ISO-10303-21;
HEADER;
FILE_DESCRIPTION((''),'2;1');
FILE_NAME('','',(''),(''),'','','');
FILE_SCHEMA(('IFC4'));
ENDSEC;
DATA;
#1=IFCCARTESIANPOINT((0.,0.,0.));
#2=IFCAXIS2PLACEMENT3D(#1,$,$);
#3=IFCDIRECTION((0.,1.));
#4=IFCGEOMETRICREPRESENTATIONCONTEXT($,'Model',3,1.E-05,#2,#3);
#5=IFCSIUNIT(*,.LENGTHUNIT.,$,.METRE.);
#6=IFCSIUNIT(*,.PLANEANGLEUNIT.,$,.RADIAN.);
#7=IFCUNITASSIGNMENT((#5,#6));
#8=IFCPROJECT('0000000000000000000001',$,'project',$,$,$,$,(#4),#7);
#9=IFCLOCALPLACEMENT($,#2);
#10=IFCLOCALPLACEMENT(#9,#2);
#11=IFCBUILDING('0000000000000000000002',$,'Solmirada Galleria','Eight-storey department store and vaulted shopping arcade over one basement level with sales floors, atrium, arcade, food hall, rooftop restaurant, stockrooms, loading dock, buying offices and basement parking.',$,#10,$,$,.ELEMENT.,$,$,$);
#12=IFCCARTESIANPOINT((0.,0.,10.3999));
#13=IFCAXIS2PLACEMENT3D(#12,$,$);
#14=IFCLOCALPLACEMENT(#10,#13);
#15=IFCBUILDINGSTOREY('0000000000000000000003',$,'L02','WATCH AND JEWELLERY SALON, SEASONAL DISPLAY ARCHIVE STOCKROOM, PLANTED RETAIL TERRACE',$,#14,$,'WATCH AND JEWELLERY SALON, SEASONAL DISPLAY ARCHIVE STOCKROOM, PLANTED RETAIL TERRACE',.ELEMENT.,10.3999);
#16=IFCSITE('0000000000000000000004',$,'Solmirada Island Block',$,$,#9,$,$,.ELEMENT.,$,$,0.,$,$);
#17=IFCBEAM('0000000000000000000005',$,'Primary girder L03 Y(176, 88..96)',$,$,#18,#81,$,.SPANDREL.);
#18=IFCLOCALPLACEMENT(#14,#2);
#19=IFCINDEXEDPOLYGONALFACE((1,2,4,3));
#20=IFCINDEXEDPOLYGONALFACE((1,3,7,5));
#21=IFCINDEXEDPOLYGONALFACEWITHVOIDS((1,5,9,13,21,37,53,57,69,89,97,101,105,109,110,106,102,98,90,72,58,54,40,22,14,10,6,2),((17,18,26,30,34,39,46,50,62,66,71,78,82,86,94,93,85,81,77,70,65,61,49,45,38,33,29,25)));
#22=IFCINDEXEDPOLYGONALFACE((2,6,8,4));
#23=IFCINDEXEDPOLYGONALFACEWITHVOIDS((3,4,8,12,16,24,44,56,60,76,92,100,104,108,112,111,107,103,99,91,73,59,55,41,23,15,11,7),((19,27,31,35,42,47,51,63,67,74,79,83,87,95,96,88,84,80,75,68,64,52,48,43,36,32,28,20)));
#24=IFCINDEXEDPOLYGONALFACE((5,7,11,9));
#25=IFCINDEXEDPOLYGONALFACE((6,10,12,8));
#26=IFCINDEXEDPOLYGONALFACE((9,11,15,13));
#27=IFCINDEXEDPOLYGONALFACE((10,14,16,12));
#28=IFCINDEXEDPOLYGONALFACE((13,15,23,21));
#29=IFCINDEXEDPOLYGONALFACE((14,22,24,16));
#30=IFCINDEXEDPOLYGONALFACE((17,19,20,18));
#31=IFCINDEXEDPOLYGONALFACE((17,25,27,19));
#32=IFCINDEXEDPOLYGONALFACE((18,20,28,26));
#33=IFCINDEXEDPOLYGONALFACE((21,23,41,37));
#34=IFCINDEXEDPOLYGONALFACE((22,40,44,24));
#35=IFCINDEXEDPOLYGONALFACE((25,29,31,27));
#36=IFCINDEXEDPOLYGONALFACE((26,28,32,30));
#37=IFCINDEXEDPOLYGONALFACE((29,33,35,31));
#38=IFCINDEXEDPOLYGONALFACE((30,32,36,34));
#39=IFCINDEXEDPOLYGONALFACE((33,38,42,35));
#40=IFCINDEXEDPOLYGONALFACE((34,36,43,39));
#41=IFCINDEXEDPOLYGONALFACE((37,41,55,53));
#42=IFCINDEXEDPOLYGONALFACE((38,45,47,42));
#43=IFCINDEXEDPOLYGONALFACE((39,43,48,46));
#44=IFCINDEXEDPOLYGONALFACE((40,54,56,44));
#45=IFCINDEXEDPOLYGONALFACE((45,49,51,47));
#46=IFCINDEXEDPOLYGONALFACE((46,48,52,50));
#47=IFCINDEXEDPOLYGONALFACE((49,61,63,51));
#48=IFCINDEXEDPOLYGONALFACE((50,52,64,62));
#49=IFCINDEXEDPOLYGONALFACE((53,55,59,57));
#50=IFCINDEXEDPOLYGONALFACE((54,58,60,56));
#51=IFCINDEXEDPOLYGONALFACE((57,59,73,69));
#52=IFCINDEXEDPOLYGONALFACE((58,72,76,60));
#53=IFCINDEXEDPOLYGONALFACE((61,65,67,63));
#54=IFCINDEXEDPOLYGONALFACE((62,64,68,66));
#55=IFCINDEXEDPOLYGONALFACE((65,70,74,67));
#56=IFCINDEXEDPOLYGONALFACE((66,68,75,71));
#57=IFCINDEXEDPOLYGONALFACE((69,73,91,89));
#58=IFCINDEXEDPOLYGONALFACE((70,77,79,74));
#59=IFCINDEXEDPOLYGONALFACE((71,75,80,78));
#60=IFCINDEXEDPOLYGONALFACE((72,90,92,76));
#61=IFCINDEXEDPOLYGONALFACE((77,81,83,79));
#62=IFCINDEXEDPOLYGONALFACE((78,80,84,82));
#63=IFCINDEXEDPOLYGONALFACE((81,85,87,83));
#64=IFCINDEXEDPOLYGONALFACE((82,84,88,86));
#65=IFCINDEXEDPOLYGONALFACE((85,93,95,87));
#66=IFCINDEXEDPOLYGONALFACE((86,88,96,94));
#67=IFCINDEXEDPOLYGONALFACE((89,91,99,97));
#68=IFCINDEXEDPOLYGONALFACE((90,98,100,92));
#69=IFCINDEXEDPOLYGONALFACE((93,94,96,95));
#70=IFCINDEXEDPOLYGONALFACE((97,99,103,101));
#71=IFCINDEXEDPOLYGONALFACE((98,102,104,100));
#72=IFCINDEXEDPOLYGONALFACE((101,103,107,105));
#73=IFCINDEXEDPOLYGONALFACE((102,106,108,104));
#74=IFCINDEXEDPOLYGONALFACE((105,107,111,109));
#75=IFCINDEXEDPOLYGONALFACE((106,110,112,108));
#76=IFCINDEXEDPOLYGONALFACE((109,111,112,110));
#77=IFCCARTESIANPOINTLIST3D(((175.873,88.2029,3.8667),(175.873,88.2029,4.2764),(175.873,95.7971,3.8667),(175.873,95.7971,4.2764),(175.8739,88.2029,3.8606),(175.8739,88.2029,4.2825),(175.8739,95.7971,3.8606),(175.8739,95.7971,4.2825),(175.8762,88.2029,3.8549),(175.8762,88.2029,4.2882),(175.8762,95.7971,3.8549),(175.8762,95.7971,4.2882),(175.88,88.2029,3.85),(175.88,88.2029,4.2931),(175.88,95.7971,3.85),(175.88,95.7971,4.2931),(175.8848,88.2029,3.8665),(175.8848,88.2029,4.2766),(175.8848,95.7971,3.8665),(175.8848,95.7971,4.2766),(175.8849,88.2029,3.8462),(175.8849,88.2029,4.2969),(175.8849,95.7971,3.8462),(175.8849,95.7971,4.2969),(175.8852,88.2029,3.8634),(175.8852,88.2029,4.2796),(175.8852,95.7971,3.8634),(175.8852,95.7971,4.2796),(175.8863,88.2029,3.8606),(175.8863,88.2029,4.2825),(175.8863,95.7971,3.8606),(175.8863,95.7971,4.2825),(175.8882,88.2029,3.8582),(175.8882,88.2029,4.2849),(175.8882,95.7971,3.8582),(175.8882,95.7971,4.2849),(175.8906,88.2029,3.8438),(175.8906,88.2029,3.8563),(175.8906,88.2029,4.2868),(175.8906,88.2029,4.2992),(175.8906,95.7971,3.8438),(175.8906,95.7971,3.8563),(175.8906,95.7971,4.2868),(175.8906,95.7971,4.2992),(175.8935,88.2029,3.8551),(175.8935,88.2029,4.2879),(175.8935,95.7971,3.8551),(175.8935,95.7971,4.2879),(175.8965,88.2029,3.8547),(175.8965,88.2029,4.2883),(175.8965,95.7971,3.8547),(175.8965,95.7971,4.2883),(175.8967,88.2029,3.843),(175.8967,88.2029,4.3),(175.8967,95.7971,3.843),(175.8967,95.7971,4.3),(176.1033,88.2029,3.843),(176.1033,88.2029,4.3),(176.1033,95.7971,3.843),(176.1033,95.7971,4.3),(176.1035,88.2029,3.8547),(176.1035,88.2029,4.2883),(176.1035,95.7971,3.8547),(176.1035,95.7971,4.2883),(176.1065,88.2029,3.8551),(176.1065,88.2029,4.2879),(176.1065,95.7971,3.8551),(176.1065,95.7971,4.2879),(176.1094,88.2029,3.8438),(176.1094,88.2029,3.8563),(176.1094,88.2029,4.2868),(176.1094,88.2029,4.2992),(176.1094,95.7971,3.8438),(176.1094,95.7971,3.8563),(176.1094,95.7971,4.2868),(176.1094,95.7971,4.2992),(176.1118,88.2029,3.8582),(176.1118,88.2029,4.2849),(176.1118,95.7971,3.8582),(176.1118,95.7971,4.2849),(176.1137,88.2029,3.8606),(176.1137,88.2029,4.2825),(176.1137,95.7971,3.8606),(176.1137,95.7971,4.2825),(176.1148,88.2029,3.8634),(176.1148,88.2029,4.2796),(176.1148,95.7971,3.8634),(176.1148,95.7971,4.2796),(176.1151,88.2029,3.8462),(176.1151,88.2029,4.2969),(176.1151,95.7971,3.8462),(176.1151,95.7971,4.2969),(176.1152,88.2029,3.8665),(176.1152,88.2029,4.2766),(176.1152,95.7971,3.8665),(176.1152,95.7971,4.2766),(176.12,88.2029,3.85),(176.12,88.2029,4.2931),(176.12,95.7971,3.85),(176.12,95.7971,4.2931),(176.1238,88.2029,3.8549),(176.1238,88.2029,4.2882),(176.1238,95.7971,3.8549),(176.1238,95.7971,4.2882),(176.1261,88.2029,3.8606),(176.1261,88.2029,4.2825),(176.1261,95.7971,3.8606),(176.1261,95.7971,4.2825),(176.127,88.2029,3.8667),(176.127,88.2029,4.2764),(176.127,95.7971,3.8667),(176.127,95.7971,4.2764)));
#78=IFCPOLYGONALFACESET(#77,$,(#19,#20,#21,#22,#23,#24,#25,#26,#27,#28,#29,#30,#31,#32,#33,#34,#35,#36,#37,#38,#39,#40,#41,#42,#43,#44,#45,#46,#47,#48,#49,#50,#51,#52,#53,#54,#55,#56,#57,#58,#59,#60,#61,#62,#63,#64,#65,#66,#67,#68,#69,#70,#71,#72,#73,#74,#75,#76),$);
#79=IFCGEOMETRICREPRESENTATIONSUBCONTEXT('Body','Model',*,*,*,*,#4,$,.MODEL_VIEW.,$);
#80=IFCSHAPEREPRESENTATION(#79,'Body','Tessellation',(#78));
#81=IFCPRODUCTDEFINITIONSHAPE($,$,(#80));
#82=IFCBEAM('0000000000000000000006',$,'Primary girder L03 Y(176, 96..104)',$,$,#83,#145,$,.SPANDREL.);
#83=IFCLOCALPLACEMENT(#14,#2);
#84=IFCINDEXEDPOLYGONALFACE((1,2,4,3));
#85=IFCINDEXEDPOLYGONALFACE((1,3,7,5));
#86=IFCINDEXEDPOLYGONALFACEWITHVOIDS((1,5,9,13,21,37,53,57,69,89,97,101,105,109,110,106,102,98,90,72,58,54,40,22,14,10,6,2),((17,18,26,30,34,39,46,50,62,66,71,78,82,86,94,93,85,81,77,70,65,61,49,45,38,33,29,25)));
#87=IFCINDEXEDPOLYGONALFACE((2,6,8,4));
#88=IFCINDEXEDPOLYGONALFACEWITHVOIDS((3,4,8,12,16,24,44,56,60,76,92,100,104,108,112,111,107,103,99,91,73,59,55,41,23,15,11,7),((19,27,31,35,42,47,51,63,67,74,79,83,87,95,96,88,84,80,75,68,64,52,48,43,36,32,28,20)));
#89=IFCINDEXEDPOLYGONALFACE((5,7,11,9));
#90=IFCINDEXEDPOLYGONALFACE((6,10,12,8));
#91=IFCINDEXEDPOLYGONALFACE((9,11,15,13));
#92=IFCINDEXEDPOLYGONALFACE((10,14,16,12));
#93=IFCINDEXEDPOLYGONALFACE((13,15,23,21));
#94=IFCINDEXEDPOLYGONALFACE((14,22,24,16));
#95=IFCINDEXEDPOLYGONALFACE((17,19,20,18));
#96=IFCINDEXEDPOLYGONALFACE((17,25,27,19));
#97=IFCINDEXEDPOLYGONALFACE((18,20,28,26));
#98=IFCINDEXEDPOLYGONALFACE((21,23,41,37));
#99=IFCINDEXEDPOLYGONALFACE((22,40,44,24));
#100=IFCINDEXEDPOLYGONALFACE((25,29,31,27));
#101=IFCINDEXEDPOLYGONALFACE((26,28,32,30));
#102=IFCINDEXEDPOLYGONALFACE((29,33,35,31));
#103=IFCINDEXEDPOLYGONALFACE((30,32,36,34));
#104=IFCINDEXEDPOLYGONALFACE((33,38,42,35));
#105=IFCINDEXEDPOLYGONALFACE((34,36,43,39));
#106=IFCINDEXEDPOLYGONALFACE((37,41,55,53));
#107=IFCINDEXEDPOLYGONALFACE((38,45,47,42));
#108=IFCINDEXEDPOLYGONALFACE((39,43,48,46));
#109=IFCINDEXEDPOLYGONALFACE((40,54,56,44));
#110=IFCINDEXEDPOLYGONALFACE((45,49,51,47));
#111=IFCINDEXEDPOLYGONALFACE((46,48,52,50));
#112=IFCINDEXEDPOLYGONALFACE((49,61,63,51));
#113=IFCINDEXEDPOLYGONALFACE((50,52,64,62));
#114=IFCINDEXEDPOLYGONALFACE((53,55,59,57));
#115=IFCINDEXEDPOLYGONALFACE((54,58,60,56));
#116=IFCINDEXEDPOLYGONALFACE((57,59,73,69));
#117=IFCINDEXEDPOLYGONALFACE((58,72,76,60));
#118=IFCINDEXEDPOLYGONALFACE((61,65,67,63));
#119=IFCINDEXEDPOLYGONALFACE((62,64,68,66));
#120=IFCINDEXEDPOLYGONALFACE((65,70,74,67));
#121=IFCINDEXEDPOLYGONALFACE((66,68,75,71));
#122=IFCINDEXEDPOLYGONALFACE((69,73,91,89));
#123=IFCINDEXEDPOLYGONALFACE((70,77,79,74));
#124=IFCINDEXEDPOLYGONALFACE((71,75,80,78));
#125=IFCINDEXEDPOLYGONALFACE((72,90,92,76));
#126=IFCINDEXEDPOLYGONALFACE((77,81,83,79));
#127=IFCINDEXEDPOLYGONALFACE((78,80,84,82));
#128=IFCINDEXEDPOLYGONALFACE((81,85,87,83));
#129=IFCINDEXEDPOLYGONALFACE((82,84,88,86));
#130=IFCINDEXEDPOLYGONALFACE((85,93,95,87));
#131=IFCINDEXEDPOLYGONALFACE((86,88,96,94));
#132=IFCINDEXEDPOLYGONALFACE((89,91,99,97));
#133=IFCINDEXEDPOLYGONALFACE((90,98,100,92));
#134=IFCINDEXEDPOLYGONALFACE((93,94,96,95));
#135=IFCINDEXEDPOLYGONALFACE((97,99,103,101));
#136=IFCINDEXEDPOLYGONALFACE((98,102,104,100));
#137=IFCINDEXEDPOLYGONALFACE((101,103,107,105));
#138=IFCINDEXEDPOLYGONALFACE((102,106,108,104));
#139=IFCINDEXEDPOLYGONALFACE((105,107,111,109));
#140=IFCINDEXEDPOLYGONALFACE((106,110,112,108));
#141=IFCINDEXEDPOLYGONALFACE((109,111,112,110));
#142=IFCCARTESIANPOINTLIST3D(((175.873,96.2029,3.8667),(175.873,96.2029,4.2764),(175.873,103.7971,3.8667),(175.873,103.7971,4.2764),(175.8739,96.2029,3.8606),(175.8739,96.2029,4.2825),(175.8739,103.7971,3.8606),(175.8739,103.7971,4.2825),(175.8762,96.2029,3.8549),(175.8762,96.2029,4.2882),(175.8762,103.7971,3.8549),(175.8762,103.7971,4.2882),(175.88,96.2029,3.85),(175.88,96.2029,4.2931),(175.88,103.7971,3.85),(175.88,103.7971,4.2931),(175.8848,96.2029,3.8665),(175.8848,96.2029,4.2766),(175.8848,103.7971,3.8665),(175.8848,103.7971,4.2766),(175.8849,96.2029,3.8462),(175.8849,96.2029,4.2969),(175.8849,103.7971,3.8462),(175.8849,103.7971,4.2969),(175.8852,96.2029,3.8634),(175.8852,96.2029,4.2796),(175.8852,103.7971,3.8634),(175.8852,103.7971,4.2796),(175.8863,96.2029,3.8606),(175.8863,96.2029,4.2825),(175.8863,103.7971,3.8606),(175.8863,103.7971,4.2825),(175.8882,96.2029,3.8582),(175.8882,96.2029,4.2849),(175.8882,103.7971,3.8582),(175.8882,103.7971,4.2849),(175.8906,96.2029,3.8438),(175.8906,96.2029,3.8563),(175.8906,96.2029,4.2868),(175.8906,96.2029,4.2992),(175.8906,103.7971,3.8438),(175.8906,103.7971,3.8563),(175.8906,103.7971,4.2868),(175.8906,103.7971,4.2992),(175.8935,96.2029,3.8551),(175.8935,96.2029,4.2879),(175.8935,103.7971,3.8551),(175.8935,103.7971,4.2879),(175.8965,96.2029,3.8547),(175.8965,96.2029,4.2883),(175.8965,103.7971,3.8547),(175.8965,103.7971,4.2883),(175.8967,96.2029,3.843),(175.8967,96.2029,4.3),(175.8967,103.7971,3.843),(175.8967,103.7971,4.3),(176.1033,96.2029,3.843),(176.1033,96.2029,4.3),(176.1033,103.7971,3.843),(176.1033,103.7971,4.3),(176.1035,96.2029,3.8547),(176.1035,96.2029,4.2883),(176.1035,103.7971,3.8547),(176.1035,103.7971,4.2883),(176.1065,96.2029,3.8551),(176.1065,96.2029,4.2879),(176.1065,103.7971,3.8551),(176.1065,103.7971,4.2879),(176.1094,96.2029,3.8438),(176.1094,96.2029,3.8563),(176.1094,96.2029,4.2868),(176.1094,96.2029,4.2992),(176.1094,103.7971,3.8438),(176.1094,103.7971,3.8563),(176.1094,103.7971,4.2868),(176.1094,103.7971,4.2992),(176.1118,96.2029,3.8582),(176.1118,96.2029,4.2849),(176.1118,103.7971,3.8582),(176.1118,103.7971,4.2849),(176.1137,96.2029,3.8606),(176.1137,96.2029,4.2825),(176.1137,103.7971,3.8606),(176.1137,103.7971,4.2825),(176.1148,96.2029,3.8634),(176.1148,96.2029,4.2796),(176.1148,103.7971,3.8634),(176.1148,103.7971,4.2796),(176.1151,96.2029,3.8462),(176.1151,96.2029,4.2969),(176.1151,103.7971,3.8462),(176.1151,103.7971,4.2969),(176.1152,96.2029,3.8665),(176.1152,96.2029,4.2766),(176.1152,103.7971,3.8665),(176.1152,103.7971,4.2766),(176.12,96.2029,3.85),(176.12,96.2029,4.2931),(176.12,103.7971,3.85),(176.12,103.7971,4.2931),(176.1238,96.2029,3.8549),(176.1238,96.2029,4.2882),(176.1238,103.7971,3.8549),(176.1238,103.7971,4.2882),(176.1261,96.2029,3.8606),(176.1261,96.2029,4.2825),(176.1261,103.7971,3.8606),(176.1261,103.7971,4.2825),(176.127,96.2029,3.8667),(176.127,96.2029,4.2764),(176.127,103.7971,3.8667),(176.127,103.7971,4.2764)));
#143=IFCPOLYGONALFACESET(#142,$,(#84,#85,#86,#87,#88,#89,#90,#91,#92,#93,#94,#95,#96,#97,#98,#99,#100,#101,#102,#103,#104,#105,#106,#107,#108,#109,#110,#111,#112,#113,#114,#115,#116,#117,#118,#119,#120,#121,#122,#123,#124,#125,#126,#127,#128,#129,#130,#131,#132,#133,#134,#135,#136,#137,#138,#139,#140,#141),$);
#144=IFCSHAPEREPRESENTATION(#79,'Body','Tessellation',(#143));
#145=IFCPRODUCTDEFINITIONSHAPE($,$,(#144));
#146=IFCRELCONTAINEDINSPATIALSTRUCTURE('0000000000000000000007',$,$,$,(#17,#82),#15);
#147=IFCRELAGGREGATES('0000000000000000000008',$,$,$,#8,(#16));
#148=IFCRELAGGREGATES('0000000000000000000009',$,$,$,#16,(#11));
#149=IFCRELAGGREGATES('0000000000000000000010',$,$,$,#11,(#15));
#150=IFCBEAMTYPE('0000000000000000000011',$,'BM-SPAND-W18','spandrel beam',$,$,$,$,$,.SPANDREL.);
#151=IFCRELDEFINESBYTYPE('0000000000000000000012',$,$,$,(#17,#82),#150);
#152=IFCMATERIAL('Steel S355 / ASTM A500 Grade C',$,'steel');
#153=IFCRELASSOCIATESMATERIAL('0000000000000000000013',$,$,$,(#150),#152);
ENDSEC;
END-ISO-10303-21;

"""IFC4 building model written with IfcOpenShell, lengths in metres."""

from ifc_helpers import new_model, si_unit, direction, frame, origin, origin_2d, place, context, subcontext, project, spatial, hollow_rectangle, extrude, material, material_profile, profile_set, type_object, element, save


model = new_model("IFC4")

# Units and contexts
model_context = context("Model", 3, precision=1e-05, world=origin(), true_north=direction((0.0, 1.0)))
body_context = subcontext(model_context, "Body", "Model", "MODEL_VIEW")
ifc_project = project(units=[si_unit("LENGTHUNIT", "METRE"), si_unit("PLANEANGLEUNIT", "RADIAN")], contexts=[model_context])

# Site, building, storey
site_placement = place(None, origin())
site = spatial("IfcSite", under=ifc_project, at=site_placement, Name="Solmirada Island Block", CompositionType="ELEMENT", RefElevation=0.0)
building_placement = place(site_placement, origin())
building = spatial("IfcBuilding", under=site, at=building_placement, Name="Solmirada Galleria", Description="Eight-storey department store and vaulted shopping arcade over one basement level with sales floors, atrium, arcade, food hall, rooftop restaurant, stockrooms, loading dock, buying offices and basement parking.", CompositionType="ELEMENT")
storey_placement = place(building_placement, frame((0.0, 0.0, 10.3999)))
storey = spatial("IfcBuildingStorey", under=building, at=storey_placement, Name="L02", Description="WATCH AND JEWELLERY SALON, SEASONAL DISPLAY ARCHIVE STOCKROOM, PLANTED RETAIL TERRACE", LongName="WATCH AND JEWELLERY SALON, SEASONAL DISPLAY ARCHIVE STOCKROOM, PLANTED RETAIL TERRACE", CompositionType="ELEMENT", Elevation=10.3999)

# Shared definitions
ifc_material_1 = material(Name="Steel S355 / ASTM A500 Grade C", Category="steel")

# Beams
ifc_material_profile_1 = material_profile(ifc_material_1, hollow_rectangle(XDim=0.2539, YDim=0.457, WallThickness=0.0117, InnerFilletRadius=0.0117, OuterFilletRadius=0.0237, at=origin_2d()), Name="HSS18X10X1/2")
ifc_profile_set_1 = profile_set([ifc_material_profile_1], Name="Steel S355 / ASTM A500 Grade C")
beam_type_1 = type_object("IfcBeamType", Name="BM-SPAND-W18", Description="spandrel beam", PredefinedType="SPANDREL", material=ifc_profile_set_1)
for number, where, z_axis, x_axis, name in (
    (1, (176.0, 88.2029, 4.0715), (0.0, 1.0, 0.0), (-1.0, 0.0, 0.0), "Primary girder L03 Y(176, 88..96)"),
    (2, (176.0, 96.2029, 4.0715), (0.0, 1.0, 0.0), (-1.0, 0.0, 0.0), "Primary girder L03 Y(176, 96..104)"),
):
    element("IfcBeam", number, at=place(storey_placement, frame(where, z_axis=z_axis, x_axis=x_axis)), inside=storey, type_object=beam_type_1, Name=name, PredefinedType="SPANDREL", context=body_context, shape_type="SweptSolid", body=[
        extrude(hollow_rectangle(XDim=0.2539, YDim=0.457, WallThickness=0.0117, InnerFilletRadius=0.0117, OuterFilletRadius=0.0237, at=origin_2d()), origin(), (0.0, 0.0, 1.0), 7.5942),
    ])

save(model, "model.ifc")
